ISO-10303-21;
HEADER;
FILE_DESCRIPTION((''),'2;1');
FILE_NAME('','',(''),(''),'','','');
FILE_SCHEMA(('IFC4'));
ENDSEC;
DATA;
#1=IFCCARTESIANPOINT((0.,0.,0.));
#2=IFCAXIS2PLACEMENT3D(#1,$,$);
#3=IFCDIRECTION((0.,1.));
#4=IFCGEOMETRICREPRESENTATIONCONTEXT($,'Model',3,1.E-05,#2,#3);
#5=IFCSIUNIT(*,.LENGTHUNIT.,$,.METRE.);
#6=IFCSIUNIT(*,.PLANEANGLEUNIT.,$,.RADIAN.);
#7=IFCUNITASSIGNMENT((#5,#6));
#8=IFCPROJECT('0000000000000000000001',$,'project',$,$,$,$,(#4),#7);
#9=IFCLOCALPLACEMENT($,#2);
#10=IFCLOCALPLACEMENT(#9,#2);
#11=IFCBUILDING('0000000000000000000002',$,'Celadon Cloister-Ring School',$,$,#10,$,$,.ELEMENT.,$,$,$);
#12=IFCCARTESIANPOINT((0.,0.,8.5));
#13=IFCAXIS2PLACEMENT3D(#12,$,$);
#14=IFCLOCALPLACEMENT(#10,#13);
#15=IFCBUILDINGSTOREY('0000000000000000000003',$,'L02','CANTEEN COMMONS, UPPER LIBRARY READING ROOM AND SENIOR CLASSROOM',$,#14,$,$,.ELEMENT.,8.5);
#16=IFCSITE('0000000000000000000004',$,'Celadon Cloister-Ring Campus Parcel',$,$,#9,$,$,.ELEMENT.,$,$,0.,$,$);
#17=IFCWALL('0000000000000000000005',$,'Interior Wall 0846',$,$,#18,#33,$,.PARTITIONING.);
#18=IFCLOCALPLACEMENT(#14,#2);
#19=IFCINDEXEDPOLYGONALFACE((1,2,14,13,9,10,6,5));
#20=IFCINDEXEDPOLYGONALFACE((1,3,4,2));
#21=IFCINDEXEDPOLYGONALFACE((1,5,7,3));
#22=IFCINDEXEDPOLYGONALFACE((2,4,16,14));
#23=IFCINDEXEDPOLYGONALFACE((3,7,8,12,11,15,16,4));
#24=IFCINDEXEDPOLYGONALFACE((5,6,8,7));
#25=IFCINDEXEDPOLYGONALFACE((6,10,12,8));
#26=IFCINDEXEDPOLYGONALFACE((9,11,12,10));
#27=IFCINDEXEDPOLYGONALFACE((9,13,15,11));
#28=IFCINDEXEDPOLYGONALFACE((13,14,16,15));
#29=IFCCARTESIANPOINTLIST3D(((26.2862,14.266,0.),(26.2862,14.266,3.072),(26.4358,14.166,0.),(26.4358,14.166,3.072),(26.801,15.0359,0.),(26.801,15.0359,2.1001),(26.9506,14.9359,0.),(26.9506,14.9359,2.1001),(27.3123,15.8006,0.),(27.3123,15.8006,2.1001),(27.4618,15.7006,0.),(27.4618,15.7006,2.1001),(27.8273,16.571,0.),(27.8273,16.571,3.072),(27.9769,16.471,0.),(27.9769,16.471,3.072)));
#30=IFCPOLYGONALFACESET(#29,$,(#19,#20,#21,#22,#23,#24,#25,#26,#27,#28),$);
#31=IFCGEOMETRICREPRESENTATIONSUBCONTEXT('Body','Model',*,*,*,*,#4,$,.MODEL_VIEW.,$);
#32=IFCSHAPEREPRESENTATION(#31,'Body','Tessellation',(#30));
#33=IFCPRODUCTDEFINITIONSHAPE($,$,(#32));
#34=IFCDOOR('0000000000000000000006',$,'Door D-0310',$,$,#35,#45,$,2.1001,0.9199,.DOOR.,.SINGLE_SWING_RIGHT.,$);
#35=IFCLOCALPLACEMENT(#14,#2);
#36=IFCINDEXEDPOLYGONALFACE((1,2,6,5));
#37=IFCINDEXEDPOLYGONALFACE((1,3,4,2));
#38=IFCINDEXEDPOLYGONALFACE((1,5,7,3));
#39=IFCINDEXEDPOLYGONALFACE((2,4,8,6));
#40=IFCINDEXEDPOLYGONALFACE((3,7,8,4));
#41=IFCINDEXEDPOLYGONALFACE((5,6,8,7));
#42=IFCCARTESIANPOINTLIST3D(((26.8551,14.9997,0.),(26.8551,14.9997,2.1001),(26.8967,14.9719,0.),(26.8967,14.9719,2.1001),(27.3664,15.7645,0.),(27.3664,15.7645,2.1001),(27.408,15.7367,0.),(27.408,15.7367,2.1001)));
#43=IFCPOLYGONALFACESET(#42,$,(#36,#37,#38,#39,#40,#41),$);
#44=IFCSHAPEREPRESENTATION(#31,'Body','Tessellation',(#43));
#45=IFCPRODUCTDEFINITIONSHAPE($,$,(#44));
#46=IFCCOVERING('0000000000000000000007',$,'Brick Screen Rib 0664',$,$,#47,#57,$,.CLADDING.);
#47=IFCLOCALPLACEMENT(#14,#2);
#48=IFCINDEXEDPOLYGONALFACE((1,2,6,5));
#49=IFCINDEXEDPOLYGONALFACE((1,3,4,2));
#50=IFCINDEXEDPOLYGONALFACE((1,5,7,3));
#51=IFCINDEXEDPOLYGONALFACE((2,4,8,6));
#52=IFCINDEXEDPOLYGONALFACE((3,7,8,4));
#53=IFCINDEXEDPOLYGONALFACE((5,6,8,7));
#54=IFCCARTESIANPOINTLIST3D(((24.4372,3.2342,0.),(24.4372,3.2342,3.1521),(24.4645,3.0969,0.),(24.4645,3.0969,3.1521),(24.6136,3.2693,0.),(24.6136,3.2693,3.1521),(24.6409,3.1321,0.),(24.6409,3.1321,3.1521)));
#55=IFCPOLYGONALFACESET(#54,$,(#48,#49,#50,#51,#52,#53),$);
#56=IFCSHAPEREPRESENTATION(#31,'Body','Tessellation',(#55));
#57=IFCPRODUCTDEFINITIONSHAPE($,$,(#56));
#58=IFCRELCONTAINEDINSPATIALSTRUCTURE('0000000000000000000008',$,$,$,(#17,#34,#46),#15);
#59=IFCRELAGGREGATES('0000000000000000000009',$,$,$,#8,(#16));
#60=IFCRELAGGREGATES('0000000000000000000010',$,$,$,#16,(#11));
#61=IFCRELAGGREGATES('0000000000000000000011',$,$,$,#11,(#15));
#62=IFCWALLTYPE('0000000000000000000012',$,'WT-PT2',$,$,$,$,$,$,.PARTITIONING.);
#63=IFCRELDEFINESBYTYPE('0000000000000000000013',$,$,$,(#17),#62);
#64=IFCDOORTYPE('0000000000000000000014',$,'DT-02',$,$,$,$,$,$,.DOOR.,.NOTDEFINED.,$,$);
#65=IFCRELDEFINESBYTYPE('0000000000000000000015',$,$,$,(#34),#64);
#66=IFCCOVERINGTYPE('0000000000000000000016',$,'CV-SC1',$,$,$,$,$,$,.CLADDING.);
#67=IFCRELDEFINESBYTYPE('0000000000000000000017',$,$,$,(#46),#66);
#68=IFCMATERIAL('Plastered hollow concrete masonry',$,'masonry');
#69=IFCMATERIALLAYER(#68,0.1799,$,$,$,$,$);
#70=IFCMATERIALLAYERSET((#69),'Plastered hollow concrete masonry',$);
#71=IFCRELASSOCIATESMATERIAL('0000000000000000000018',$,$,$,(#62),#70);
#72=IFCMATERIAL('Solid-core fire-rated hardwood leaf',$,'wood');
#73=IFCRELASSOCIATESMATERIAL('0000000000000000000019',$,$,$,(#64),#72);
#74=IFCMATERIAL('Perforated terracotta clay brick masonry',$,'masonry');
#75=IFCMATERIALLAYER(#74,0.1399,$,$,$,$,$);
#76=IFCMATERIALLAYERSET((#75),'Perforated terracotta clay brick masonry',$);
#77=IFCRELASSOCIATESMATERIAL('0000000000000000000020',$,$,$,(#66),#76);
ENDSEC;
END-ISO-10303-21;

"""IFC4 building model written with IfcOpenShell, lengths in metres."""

from ifc_helpers import new_model, si_unit, direction, frame, frame_2d, origin, origin_2d, place, context, subcontext, project, spatial, rectangle, extrude, material, layer, layer_set, type_object, element, fill, save


model = new_model("IFC4")

# Units and contexts
model_context = context("Model", 3, precision=1e-05, world=origin(), true_north=direction((0.0, 1.0)))
body_context = subcontext(model_context, "Body", "Model", "MODEL_VIEW")
ifc_project = project(units=[si_unit("LENGTHUNIT", "METRE"), si_unit("PLANEANGLEUNIT", "RADIAN")], contexts=[model_context])

# Site, building, storey
site_placement = place(None, origin())
site = spatial("IfcSite", under=ifc_project, at=site_placement, Name="Celadon Cloister-Ring Campus Parcel", CompositionType="ELEMENT", RefElevation=0.0)
building_placement = place(site_placement, origin())
building = spatial("IfcBuilding", under=site, at=building_placement, Name="Celadon Cloister-Ring School", CompositionType="ELEMENT")
storey_placement = place(building_placement, frame((0.0, 0.0, 8.5)))
storey = spatial("IfcBuildingStorey", under=building, at=storey_placement, Name="L02", Description="CANTEEN COMMONS, UPPER LIBRARY READING ROOM AND SENIOR CLASSROOM", CompositionType="ELEMENT", Elevation=8.5)

# Wall, opening, door
ifc_material_1 = material(Name="Plastered hollow concrete masonry", Category="masonry")
ifc_layer_1 = layer(ifc_material_1, 0.1799)
ifc_layer_set_1 = layer_set([ifc_layer_1], Name="Plastered hollow concrete masonry")
wall_type_1 = type_object("IfcWallType", Name="WT-PT2", PredefinedType="PARTITIONING", material=ifc_layer_set_1)
ifc_material_2 = material(Name="Solid-core fire-rated hardwood leaf", Category="wood")
door_type = type_object("IfcDoorType", Name="DT-02", OperationType="NOTDEFINED", PredefinedType="DOOR", material=ifc_material_2)
wall_1_placement = place(storey_placement, frame((26.3611, 14.2161, 0.0), z_axis=(0.0, 0.0, 1.0), x_axis=(0.555797, 0.831318, 0.0)))
wall_1 = element("IfcWall", 1, at=wall_1_placement, inside=storey, type_object=wall_type_1, Name="Interior Wall 0846", PredefinedType="PARTITIONING", context=body_context, shape_type="SweptSolid", body=[
    extrude(rectangle(XDim=2.7727, YDim=0.1799, at=frame_2d((1.3862, 0.0))), origin(), (0.0, 0.0, 1.0), 3.072),
])
opening_1_placement = place(wall_1_placement, frame((0.926, 0.0, 0.0)))
opening_1 = element("IfcOpeningElement", 2, at=opening_1_placement, cuts=wall_1, PredefinedType="OPENING", context=body_context, shape_type="SweptSolid", body=[
    extrude(rectangle(XDim=0.9199, YDim=2.1001, at=frame_2d((0.46, 1.05))), frame((0.0, 0.1001, 0.0), z_axis=(0.0, -1.0, 0.0), x_axis=(1.0, 0.0, 0.0)), (0.0, 0.0, 1.0), 0.2),
])
door_1_placement = place(opening_1_placement, origin())
door_1 = element("IfcDoor", 3, at=door_1_placement, inside=storey, type_object=door_type, Name="Door D-0310", OperationType="SINGLE_SWING_RIGHT", OverallHeight=2.1001, OverallWidth=0.9199, PredefinedType="DOOR", context=body_context, shape_type="SweptSolid", body=[
    extrude(rectangle(XDim=0.9199, YDim=2.1001, at=frame_2d((0.46, 1.05))), frame((0.0, 0.0249, 0.0), z_axis=(0.0, -1.0, 0.0), x_axis=(1.0, 0.0, 0.0)), (0.0, 0.0, 1.0), 0.05),
])
fill(opening_1, door_1)

# Covering
ifc_material_3 = material(Name="Perforated terracotta clay brick masonry", Category="masonry")
ifc_layer_2 = layer(ifc_material_3, 0.1399)
ifc_layer_set_2 = layer_set([ifc_layer_2], Name="Perforated terracotta clay brick masonry")
covering_type = type_object("IfcCoveringType", Name="CV-SC1", PredefinedType="CLADDING", material=ifc_layer_set_2)
covering_placement = place(storey_placement, frame((24.5391, 3.1831, 0.0), z_axis=(0.0, 0.0, 1.0), x_axis=(-0.980775, -0.195142, 0.0)))
element("IfcCovering", 4, at=covering_placement, inside=storey, type_object=covering_type, Name="Brick Screen Rib 0664", PredefinedType="CLADDING", context=body_context, shape_type="SweptSolid", body=[
    extrude(rectangle(XDim=0.1799, YDim=0.1399, at=origin_2d()), origin(), (0.0, 0.0, 1.0), 3.1521),
])

save(model, "model.ifc")
